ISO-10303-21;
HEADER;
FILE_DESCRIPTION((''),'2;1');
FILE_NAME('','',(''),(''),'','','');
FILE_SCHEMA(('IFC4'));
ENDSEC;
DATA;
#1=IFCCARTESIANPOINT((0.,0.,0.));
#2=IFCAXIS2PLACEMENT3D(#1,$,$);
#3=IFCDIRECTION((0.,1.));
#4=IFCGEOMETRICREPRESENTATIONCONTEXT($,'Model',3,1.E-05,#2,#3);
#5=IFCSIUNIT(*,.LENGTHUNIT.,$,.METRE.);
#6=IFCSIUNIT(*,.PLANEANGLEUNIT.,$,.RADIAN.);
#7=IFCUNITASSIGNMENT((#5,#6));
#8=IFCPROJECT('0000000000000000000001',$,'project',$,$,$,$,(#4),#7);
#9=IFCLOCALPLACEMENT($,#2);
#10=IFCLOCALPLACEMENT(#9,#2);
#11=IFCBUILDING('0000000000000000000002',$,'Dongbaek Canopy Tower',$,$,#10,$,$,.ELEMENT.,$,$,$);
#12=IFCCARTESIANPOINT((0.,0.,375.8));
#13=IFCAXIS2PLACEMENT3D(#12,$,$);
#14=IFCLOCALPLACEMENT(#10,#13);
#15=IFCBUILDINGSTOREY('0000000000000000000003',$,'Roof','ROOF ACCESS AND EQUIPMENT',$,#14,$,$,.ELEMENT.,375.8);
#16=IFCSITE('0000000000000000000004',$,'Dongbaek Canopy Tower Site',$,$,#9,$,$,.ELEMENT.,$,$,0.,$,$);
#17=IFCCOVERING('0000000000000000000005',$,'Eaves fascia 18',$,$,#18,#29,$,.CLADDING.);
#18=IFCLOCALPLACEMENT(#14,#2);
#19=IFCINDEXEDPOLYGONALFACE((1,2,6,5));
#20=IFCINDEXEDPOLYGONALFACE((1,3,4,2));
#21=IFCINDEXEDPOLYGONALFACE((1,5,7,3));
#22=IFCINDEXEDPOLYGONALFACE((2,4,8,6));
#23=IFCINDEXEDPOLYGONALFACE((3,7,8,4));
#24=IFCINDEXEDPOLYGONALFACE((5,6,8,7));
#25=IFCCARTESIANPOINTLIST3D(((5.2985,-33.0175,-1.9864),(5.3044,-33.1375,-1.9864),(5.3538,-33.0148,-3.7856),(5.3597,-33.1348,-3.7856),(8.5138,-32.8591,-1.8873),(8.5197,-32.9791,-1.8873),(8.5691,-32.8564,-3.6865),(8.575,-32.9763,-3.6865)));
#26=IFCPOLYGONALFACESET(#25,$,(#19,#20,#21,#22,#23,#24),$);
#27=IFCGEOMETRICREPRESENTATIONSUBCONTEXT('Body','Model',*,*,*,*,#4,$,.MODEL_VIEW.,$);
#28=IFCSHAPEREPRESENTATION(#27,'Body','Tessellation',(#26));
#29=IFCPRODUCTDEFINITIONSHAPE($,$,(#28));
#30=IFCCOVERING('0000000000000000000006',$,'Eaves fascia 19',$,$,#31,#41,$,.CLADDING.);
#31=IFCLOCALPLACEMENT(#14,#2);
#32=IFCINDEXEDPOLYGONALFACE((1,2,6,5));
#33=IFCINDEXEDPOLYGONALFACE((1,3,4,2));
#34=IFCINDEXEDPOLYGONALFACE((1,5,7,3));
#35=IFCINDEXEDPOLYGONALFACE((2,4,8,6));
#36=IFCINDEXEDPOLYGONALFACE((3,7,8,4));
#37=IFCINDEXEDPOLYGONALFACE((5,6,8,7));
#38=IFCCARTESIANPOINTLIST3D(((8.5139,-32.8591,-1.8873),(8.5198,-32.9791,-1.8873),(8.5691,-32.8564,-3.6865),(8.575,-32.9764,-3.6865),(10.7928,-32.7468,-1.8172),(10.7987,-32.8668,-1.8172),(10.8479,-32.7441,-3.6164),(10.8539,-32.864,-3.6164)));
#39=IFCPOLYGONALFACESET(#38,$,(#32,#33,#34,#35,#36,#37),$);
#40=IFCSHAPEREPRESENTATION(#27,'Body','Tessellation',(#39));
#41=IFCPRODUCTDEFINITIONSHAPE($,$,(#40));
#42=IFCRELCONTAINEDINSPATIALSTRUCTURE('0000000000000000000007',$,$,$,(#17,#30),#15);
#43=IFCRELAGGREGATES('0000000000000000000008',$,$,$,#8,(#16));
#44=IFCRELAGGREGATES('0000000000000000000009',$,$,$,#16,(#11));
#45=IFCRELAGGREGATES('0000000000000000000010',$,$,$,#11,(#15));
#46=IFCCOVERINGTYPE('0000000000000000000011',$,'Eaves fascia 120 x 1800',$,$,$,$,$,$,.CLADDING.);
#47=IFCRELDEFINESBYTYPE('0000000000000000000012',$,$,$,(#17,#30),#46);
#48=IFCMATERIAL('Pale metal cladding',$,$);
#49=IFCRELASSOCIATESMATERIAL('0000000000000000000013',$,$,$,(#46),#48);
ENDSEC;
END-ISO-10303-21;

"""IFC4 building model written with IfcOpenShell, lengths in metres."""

from ifc_helpers import new_model, si_unit, direction, frame, origin, origin_2d, place, context, subcontext, project, spatial, rectangle, extrude, material, material_profile, profile_set, type_object, element, save


model = new_model("IFC4")

# Units and contexts
model_context = context("Model", 3, precision=1e-05, world=origin(), true_north=direction((0.0, 1.0)))
body_context = subcontext(model_context, "Body", "Model", "MODEL_VIEW")
ifc_project = project(units=[si_unit("LENGTHUNIT", "METRE"), si_unit("PLANEANGLEUNIT", "RADIAN")], contexts=[model_context])

# Site, building, storey
site_placement = place(None, origin())
site = spatial("IfcSite", under=ifc_project, at=site_placement, Name="Dongbaek Canopy Tower Site", CompositionType="ELEMENT", RefElevation=0.0)
building_placement = place(site_placement, origin())
building = spatial("IfcBuilding", under=site, at=building_placement, Name="Dongbaek Canopy Tower", CompositionType="ELEMENT")
storey_placement = place(building_placement, frame((0.0, 0.0, 375.8)))
storey = spatial("IfcBuildingStorey", under=building, at=storey_placement, Name="Roof", Description="ROOF ACCESS AND EQUIPMENT", CompositionType="ELEMENT", Elevation=375.8)

# Coverings
ifc_material_1 = material(Name="Pale metal cladding")
ifc_material_profile_1 = material_profile(ifc_material_1, rectangle(XDim=0.1201, YDim=1.8, at=origin_2d()), Name="Eaves fascia 120 x 1800")
ifc_profile_set_1 = profile_set([ifc_material_profile_1], Name="Pale metal cladding")
covering_type = type_object("IfcCoveringType", Name="Eaves fascia 120 x 1800", PredefinedType="CLADDING", material=ifc_profile_set_1)
covering_1_placement = place(storey_placement, frame((5.3291, -33.0762, -2.886), z_axis=(0.998315, 0.049196, 0.030776), x_axis=(-0.049219, 0.998788, 0.0)))
element("IfcCovering", 1, at=covering_1_placement, inside=storey, type_object=covering_type, Name="Eaves fascia 18", PredefinedType="CLADDING", context=body_context, shape_type="SweptSolid", body=[
    extrude(rectangle(XDim=0.1201, YDim=1.8, at=origin_2d()), origin(), (0.0, 0.0, 1.0), 3.2207),
])
covering_2_placement = place(storey_placement, frame((8.5444, -32.9177, -2.7869), z_axis=(0.998317, 0.049199, 0.030696), x_axis=(-0.049222, 0.998788, 0.0)))
element("IfcCovering", 2, at=covering_2_placement, inside=storey, type_object=covering_type, Name="Eaves fascia 19", PredefinedType="CLADDING", context=body_context, shape_type="SweptSolid", body=[
    extrude(rectangle(XDim=0.1201, YDim=1.8, at=origin_2d()), origin(), (0.0, 0.0, 1.0), 2.2827),
])

save(model, "model.ifc")
